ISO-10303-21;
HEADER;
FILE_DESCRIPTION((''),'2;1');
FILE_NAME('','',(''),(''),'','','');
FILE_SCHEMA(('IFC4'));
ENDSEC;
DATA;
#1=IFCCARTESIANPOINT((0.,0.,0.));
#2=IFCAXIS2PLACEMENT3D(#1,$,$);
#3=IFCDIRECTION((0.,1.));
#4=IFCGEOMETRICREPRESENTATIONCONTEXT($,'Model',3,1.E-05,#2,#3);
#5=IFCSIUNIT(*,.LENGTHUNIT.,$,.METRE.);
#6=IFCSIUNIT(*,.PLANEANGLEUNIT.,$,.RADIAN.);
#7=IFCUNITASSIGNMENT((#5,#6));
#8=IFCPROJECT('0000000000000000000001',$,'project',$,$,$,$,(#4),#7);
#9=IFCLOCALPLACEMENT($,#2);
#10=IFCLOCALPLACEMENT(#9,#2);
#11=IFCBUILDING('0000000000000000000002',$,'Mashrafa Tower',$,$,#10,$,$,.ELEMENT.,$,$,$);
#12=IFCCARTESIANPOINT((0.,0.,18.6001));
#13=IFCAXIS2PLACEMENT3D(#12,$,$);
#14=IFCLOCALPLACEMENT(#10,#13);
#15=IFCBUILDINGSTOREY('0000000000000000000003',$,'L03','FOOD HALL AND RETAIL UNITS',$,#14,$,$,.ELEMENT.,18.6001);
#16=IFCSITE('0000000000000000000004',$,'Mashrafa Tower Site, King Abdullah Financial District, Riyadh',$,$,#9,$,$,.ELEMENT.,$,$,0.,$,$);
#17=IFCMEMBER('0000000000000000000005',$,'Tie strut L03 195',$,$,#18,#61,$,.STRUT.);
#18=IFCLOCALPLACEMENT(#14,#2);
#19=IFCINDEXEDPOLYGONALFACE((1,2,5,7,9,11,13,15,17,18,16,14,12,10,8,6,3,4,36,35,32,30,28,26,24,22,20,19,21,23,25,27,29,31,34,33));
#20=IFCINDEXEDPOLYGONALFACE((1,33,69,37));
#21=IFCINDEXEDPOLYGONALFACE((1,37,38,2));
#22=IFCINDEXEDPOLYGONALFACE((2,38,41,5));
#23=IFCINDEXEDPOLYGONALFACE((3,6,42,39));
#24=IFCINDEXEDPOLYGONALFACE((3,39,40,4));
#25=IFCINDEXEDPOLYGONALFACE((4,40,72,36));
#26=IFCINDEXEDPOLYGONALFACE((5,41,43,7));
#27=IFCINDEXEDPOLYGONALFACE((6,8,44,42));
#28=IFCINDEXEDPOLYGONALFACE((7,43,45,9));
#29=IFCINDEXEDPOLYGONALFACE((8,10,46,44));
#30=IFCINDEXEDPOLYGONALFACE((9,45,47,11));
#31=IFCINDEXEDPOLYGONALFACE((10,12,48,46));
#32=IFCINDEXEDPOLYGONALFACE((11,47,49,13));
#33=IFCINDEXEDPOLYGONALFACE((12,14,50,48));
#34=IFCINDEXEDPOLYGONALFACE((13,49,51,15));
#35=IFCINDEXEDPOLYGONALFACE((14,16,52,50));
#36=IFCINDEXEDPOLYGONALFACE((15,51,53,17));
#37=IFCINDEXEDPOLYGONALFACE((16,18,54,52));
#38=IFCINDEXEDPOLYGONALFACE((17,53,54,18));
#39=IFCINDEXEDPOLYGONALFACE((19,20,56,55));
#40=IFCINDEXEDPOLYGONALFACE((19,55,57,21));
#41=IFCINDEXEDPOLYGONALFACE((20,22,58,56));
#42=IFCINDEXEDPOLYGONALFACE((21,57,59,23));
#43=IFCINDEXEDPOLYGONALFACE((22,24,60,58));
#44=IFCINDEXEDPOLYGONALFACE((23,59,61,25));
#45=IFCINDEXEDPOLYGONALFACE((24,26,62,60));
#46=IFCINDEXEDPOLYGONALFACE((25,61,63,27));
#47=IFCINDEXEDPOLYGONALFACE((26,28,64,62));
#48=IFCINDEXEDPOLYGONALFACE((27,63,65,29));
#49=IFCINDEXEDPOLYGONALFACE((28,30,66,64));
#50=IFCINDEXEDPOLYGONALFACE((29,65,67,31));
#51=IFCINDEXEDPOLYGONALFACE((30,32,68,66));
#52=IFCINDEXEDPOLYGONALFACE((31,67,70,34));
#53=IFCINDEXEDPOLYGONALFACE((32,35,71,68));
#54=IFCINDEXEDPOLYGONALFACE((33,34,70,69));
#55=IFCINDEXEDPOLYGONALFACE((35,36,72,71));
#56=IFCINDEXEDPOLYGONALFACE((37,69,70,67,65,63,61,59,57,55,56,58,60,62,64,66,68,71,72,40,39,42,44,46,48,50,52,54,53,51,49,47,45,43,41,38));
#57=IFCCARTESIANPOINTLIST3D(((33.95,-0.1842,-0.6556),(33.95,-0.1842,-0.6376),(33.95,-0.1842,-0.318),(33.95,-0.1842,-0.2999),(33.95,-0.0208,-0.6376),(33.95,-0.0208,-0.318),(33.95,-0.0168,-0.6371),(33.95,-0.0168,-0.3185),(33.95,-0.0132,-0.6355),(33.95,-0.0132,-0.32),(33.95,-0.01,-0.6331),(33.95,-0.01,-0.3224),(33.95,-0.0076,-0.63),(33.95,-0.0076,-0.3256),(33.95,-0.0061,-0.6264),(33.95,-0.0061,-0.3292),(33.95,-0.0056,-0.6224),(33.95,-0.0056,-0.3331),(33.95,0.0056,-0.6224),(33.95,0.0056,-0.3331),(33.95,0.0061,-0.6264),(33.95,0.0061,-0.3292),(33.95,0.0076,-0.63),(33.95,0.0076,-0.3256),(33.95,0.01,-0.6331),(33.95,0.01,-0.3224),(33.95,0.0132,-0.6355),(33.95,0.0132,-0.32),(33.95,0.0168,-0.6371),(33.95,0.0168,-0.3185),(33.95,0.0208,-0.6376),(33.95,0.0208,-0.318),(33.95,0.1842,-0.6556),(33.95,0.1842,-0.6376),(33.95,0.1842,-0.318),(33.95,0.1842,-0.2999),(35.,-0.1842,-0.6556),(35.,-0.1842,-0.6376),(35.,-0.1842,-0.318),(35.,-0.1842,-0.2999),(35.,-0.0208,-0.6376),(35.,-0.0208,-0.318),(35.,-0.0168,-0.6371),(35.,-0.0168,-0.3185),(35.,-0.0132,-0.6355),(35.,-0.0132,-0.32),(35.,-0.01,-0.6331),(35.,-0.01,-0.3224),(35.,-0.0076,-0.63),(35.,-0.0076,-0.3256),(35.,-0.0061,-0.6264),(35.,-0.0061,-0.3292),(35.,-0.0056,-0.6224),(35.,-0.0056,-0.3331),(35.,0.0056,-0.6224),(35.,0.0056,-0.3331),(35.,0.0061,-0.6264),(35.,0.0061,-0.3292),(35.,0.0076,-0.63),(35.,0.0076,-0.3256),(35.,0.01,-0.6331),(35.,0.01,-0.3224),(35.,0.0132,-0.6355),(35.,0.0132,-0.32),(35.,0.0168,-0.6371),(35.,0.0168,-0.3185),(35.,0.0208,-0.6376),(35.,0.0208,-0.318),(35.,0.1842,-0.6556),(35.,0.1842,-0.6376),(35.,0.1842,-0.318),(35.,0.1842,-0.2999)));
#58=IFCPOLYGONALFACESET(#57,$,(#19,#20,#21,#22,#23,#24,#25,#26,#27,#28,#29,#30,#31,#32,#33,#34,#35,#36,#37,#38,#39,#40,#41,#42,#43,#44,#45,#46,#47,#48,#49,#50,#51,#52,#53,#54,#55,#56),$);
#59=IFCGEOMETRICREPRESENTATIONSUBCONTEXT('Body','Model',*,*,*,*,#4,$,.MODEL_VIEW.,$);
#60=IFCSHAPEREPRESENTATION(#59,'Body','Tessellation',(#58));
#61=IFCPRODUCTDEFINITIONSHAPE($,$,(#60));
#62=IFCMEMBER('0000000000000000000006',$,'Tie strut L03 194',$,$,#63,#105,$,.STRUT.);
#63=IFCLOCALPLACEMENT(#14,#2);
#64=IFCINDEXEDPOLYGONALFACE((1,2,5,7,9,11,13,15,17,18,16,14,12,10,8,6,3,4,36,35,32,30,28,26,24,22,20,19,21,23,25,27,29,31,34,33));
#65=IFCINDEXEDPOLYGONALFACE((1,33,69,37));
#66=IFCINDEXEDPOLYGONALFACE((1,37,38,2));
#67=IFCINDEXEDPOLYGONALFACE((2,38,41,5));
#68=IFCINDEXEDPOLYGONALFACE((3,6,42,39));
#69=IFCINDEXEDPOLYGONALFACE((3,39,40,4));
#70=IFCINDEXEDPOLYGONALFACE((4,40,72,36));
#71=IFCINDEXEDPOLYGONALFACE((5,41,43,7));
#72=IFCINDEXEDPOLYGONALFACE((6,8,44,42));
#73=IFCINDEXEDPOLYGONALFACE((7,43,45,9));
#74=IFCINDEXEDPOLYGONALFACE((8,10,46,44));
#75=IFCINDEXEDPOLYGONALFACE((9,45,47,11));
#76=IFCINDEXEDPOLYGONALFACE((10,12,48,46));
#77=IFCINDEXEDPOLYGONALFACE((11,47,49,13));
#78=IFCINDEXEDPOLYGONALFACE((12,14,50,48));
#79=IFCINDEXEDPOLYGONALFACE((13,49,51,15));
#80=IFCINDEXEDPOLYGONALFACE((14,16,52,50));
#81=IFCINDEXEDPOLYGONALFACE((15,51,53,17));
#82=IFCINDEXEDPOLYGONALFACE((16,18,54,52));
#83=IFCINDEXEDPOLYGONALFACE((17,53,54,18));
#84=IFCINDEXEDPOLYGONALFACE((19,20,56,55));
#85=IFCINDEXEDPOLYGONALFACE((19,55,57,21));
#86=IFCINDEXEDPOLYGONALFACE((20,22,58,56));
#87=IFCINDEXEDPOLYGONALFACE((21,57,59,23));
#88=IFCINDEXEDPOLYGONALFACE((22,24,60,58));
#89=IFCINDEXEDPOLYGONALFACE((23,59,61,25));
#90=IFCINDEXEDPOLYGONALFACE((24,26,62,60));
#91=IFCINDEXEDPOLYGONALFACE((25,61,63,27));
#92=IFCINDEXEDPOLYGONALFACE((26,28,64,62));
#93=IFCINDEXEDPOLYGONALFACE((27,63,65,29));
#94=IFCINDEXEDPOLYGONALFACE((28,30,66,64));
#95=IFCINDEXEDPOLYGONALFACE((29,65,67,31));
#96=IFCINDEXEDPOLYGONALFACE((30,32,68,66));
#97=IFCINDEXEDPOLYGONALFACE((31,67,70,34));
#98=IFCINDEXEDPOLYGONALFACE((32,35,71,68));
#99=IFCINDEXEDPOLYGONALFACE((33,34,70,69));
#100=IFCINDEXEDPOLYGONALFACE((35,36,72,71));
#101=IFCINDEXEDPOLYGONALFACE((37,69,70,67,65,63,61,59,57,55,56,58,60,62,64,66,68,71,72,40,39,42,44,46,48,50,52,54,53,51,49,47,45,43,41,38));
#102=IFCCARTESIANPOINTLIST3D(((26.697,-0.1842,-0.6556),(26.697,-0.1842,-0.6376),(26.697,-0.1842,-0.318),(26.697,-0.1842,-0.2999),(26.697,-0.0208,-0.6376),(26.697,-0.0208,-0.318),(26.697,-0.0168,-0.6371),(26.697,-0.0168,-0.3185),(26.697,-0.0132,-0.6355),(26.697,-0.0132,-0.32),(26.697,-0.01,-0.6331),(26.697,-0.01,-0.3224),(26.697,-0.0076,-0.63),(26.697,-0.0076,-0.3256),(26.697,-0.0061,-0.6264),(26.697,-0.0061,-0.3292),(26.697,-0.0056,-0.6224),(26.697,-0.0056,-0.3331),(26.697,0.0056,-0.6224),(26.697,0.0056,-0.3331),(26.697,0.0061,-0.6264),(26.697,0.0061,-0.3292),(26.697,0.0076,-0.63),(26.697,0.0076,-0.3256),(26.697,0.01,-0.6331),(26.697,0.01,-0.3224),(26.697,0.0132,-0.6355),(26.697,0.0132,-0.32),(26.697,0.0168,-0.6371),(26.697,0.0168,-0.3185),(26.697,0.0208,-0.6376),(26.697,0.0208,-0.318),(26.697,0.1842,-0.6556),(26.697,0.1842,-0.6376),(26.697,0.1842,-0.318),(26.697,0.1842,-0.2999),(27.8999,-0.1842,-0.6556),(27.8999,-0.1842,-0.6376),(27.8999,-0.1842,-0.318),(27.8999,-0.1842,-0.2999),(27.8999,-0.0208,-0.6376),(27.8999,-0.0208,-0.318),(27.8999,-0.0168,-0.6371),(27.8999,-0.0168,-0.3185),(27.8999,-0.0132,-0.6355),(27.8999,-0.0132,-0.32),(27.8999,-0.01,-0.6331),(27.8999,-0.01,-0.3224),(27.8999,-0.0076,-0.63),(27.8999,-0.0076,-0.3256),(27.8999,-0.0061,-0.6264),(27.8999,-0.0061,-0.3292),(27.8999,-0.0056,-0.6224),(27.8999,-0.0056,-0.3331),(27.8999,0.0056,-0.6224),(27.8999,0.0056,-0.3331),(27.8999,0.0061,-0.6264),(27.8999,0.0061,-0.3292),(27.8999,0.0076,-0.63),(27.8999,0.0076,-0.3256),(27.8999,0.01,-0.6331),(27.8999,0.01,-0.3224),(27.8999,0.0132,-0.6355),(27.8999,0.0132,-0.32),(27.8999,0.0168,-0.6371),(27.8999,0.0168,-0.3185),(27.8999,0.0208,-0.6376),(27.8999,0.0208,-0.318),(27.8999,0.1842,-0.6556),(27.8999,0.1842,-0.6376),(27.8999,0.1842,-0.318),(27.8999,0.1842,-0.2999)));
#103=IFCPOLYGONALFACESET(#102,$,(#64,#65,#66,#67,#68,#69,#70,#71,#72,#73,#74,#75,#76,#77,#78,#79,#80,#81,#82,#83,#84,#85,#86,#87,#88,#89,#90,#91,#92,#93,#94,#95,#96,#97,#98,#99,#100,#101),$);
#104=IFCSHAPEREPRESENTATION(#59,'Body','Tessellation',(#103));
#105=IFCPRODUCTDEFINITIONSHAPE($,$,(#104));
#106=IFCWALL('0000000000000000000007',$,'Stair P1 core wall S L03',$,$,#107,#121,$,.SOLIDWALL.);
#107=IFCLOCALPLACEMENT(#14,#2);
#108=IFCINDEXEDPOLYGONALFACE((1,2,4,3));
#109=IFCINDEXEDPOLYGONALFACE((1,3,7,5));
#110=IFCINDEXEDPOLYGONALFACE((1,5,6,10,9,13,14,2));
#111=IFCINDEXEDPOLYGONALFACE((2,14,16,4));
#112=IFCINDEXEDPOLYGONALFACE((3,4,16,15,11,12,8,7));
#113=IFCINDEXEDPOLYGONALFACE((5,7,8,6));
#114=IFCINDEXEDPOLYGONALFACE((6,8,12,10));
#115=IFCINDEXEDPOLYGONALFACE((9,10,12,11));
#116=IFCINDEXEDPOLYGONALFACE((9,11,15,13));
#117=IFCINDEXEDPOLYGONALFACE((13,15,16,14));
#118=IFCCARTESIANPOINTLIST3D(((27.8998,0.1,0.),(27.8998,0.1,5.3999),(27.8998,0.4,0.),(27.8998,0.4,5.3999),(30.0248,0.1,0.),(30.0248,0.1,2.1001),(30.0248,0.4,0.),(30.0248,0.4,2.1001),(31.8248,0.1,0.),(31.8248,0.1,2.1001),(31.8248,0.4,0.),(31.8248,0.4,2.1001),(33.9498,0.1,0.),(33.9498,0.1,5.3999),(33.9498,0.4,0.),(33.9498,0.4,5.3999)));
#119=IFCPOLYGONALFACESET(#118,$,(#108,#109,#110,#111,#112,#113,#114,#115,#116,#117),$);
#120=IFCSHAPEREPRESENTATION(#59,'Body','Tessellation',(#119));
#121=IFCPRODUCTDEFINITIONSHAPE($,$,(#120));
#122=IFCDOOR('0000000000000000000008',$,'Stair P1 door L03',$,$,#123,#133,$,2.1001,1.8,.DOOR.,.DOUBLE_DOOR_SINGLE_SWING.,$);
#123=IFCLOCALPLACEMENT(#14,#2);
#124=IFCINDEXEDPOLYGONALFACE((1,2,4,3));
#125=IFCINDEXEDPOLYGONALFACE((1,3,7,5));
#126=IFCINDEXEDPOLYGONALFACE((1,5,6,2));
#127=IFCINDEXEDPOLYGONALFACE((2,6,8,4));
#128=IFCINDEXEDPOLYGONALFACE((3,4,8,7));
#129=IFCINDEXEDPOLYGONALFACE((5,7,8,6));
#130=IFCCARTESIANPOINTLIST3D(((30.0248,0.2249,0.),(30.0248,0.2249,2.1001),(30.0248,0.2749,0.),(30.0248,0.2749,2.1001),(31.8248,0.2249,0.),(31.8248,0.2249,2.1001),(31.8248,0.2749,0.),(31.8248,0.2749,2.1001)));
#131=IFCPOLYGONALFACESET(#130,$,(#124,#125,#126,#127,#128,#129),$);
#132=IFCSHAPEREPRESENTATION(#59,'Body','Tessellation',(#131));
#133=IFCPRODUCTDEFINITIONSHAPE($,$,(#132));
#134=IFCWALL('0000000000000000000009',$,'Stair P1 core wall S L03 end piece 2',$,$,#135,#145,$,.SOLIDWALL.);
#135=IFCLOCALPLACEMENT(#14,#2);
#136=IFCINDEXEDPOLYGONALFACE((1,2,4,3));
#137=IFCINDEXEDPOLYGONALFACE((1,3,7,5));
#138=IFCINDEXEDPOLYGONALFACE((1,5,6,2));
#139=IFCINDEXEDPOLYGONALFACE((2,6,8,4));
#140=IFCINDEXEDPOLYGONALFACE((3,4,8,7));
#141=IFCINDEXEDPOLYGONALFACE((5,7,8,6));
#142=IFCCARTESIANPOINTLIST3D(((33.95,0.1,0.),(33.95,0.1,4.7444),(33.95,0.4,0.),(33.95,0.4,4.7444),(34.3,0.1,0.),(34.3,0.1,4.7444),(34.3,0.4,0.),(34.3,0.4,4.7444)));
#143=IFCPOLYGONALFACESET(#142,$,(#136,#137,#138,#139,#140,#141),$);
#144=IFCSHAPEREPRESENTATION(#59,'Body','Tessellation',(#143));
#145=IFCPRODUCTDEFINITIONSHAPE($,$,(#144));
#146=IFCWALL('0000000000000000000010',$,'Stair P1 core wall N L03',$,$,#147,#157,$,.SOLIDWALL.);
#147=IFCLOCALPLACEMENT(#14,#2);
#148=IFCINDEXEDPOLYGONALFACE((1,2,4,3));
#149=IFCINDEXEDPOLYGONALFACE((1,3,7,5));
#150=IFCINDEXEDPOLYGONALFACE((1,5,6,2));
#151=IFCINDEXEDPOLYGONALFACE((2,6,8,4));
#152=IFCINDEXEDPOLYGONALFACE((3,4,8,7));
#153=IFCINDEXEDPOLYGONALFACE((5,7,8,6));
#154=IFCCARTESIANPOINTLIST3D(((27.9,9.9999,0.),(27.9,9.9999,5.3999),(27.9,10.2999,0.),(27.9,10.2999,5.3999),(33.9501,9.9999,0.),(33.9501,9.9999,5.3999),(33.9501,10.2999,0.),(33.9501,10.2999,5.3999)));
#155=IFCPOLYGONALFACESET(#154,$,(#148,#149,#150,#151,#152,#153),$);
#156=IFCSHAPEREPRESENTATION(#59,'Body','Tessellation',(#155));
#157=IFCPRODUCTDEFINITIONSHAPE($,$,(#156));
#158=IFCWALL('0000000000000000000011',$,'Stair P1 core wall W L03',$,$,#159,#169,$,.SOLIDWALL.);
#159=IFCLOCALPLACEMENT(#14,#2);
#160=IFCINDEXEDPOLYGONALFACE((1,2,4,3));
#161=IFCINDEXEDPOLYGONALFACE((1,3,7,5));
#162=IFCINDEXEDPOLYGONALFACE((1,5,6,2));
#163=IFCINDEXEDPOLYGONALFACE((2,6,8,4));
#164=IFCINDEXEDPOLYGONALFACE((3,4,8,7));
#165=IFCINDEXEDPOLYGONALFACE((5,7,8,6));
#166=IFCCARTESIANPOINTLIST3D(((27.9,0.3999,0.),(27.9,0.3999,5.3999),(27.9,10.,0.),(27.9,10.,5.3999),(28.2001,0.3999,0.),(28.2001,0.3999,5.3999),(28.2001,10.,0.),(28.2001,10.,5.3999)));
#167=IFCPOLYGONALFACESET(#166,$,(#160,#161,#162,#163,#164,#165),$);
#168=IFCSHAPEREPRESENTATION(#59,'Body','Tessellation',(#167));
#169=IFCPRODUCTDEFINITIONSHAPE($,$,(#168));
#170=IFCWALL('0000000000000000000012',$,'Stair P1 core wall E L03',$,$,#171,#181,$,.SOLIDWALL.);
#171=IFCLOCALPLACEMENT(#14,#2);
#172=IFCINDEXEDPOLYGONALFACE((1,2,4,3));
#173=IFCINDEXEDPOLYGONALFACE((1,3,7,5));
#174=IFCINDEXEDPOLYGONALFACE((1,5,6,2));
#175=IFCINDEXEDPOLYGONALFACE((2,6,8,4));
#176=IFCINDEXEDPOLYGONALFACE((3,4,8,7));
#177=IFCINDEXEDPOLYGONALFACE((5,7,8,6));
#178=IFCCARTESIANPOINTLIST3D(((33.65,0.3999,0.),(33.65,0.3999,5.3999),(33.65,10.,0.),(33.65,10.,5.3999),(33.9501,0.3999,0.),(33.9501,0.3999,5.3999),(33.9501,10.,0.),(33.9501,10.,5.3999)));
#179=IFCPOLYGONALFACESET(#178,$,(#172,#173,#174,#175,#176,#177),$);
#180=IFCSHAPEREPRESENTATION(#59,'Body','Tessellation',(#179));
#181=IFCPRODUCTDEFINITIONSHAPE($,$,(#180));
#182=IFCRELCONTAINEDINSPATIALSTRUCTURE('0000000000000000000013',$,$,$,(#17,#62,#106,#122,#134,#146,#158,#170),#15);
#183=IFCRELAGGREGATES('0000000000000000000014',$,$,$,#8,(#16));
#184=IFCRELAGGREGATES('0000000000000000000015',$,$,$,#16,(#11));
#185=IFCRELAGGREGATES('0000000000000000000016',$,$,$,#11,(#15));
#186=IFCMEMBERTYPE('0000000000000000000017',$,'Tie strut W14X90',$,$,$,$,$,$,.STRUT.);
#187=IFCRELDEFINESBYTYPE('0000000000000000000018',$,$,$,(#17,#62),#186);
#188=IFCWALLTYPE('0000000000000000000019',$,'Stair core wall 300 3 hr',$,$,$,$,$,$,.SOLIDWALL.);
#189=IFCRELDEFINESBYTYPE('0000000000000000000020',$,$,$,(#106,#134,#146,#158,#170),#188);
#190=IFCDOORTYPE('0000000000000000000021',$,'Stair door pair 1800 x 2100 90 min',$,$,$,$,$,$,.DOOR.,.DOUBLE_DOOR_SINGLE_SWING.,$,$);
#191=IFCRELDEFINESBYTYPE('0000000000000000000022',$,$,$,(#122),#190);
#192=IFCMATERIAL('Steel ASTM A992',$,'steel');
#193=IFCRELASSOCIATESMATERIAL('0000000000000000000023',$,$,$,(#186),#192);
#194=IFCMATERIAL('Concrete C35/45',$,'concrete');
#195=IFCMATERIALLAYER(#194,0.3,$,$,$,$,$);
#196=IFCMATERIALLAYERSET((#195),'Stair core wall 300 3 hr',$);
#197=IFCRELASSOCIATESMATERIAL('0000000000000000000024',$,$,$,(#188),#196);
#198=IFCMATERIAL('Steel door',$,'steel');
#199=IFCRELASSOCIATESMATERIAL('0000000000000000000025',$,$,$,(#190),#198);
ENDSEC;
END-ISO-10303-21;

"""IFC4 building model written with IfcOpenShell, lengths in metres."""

from ifc_helpers import new_model, si_unit, direction, frame, frame_2d, origin, origin_2d, place, context, subcontext, project, spatial, rectangle, i_section, extrude, source, transform, mapped, material, layer, layer_set, material_profile, profile_set, type_object, type_shapes, element, fill, save


model = new_model("IFC4")

# Units and contexts
model_context = context("Model", 3, precision=1e-05, world=origin(), true_north=direction((0.0, 1.0)))
body_context = subcontext(model_context, "Body", "Model", "MODEL_VIEW")
ifc_project = project(units=[si_unit("LENGTHUNIT", "METRE"), si_unit("PLANEANGLEUNIT", "RADIAN")], contexts=[model_context])

# Site, building, storey
site_placement = place(None, origin())
site = spatial("IfcSite", under=ifc_project, at=site_placement, Name="Mashrafa Tower Site, King Abdullah Financial District, Riyadh", CompositionType="ELEMENT", RefElevation=0.0)
building_placement = place(site_placement, origin())
building = spatial("IfcBuilding", under=site, at=building_placement, Name="Mashrafa Tower", CompositionType="ELEMENT")
storey_placement = place(building_placement, frame((0.0, 0.0, 18.6001)))
storey = spatial("IfcBuildingStorey", under=building, at=storey_placement, Name="L03", Description="FOOD HALL AND RETAIL UNITS", CompositionType="ELEMENT", Elevation=18.6001)

# Members
ifc_material_1 = material(Name="Steel ASTM A992", Category="steel")
ifc_material_profile_1 = material_profile(ifc_material_1, i_section(OverallWidth=0.3684, OverallDepth=0.3557, WebThickness=0.0112, FlangeThickness=0.0181, FilletRadius=0.0151, at=origin_2d()), Name="W14X90")
ifc_profile_set_1 = profile_set([ifc_material_profile_1], Name="Steel ASTM A992")
member_type_1 = type_object("IfcMemberType", Name="Tie strut W14X90", PredefinedType="STRUT", material=ifc_profile_set_1)
shared_shape_1 = source(origin(), body_context, "Body", "SweptSolid", [
    extrude(i_section(OverallWidth=0.3684, OverallDepth=0.3557, WebThickness=0.0112, FlangeThickness=0.0181, FilletRadius=0.0151, at=origin_2d()), origin(), (0.0, 0.0, 1.0), 1.05),
])
member_1_placement = place(storey_placement, frame((33.95, 0.0, -0.4778), z_axis=(1.0, 0.0, 0.0), x_axis=(0.0, 1.0, 0.0)))
element("IfcMember", 1, at=member_1_placement, inside=storey, type_object=member_type_1, Name="Tie strut L03 195", PredefinedType="STRUT", context=body_context, shape_type="MappedRepresentation", body=[
    mapped(shared_shape_1, transform((0.0, 0.0, 0.0))),
])
shared_shape_2 = source(origin(), body_context, "Body", "SweptSolid", [
    extrude(i_section(OverallWidth=0.3684, OverallDepth=0.3557, WebThickness=0.0112, FlangeThickness=0.0181, FilletRadius=0.0151, at=origin_2d()), origin(), (0.0, 0.0, 1.0), 1.2029),
])
type_shapes(member_type_1, [shared_shape_1, shared_shape_2])
member_2_placement = place(storey_placement, frame((26.697, 0.0, -0.4778), z_axis=(1.0, 0.0, 0.0), x_axis=(0.0, 1.0, 0.0)))
element("IfcMember", 2, at=member_2_placement, inside=storey, type_object=member_type_1, Name="Tie strut L03 194", PredefinedType="STRUT", context=body_context, shape_type="MappedRepresentation", body=[
    mapped(shared_shape_2, transform((0.0, 0.0, 0.0))),
])

# Wall, opening, door
ifc_material_2 = material(Name="Concrete C35/45", Category="concrete")
ifc_layer = layer(ifc_material_2, 0.3)
ifc_layer_set = layer_set([ifc_layer], Name="Stair core wall 300 3 hr")
wall_type = type_object("IfcWallType", Name="Stair core wall 300 3 hr", PredefinedType="SOLIDWALL", material=ifc_layer_set)
wall_1_placement = place(storey_placement, frame((27.8999, 0.25, 0.0), z_axis=(0.0, 0.0, 1.0), x_axis=(1.0, 0.0, 0.0)))
wall_1 = element("IfcWall", 3, at=wall_1_placement, inside=storey, type_object=wall_type, Name="Stair P1 core wall S L03", PredefinedType="SOLIDWALL", context=body_context, shape_type="SweptSolid", body=[
    extrude(rectangle(XDim=6.05, YDim=0.3, at=frame_2d((3.0249, 0.0))), origin(), (0.0, 0.0, 1.0), 5.3999),
])
opening_placement = place(wall_1_placement, frame((2.125, 0.0, 0.0)))
opening = element("IfcOpeningElement", 4, at=opening_placement, cuts=wall_1, PredefinedType="OPENING", context=body_context, shape_type="SweptSolid", body=[
    extrude(rectangle(XDim=1.8, YDim=2.1001, at=frame_2d((0.8999, 1.05))), frame((0.0, 0.1599, 0.0), z_axis=(0.0, -1.0, 0.0), x_axis=(1.0, 0.0, 0.0)), (0.0, 0.0, 1.0), 0.3201),
])
ifc_material_3 = material(Name="Steel door", Category="steel")
door_type = type_object("IfcDoorType", Name="Stair door pair 1800 x 2100 90 min", OperationType="DOUBLE_DOOR_SINGLE_SWING", PredefinedType="DOOR", material=ifc_material_3)
door_placement = place(opening_placement, origin())
door = element("IfcDoor", 5, at=door_placement, inside=storey, type_object=door_type, Name="Stair P1 door L03", OperationType="DOUBLE_DOOR_SINGLE_SWING", OverallHeight=2.1001, OverallWidth=1.8, PredefinedType="DOOR", context=body_context, shape_type="SweptSolid", body=[
    extrude(rectangle(XDim=1.8, YDim=2.1001, at=frame_2d((0.8999, 1.05))), frame((0.0, 0.0249, 0.0), z_axis=(0.0, -1.0, 0.0), x_axis=(1.0, 0.0, 0.0)), (0.0, 0.0, 1.0), 0.05),
])
fill(opening, door)

# Walls
wall_2_placement = place(storey_placement, frame((33.95, 0.25, 0.0), z_axis=(0.0, 0.0, 1.0), x_axis=(1.0, 0.0, 0.0)))
element("IfcWall", 6, at=wall_2_placement, inside=storey, type_object=wall_type, Name="Stair P1 core wall S L03 end piece 2", PredefinedType="SOLIDWALL", context=body_context, shape_type="SweptSolid", body=[
    extrude(rectangle(XDim=0.3501, YDim=0.3, at=frame_2d((0.175, 0.0))), origin(), (0.0, 0.0, 1.0), 4.7444),
])
wall_3_placement = place(storey_placement, frame((33.95, 10.1499, 0.0), z_axis=(0.0, 0.0, 1.0), x_axis=(-1.0, 0.0, 0.0)))
element("IfcWall", 7, at=wall_3_placement, inside=storey, type_object=wall_type, Name="Stair P1 core wall N L03", PredefinedType="SOLIDWALL", context=body_context, shape_type="SweptSolid", body=[
    extrude(rectangle(XDim=6.05, YDim=0.3, at=frame_2d((3.0249, 0.0))), origin(), (0.0, 0.0, 1.0), 5.3999),
])
for number, where, z_axis, x_axis, name in (
    (8, (28.05, 10.0, 0.0), (0.0, 0.0, 1.0), (0.0, -1.0, 0.0), "Stair P1 core wall W L03"),
    (9, (33.8, 0.3999, 0.0), (0.0, 0.0, 1.0), (0.0, 1.0, 0.0), "Stair P1 core wall E L03"),
):
    element("IfcWall", number, at=place(storey_placement, frame(where, z_axis=z_axis, x_axis=x_axis)), inside=storey, type_object=wall_type, Name=name, PredefinedType="SOLIDWALL", context=body_context, shape_type="SweptSolid", body=[
        extrude(rectangle(XDim=9.6001, YDim=0.3, at=frame_2d((4.8, 0.0))), origin(), (0.0, 0.0, 1.0), 5.3999),
    ])

save(model, "model.ifc")
